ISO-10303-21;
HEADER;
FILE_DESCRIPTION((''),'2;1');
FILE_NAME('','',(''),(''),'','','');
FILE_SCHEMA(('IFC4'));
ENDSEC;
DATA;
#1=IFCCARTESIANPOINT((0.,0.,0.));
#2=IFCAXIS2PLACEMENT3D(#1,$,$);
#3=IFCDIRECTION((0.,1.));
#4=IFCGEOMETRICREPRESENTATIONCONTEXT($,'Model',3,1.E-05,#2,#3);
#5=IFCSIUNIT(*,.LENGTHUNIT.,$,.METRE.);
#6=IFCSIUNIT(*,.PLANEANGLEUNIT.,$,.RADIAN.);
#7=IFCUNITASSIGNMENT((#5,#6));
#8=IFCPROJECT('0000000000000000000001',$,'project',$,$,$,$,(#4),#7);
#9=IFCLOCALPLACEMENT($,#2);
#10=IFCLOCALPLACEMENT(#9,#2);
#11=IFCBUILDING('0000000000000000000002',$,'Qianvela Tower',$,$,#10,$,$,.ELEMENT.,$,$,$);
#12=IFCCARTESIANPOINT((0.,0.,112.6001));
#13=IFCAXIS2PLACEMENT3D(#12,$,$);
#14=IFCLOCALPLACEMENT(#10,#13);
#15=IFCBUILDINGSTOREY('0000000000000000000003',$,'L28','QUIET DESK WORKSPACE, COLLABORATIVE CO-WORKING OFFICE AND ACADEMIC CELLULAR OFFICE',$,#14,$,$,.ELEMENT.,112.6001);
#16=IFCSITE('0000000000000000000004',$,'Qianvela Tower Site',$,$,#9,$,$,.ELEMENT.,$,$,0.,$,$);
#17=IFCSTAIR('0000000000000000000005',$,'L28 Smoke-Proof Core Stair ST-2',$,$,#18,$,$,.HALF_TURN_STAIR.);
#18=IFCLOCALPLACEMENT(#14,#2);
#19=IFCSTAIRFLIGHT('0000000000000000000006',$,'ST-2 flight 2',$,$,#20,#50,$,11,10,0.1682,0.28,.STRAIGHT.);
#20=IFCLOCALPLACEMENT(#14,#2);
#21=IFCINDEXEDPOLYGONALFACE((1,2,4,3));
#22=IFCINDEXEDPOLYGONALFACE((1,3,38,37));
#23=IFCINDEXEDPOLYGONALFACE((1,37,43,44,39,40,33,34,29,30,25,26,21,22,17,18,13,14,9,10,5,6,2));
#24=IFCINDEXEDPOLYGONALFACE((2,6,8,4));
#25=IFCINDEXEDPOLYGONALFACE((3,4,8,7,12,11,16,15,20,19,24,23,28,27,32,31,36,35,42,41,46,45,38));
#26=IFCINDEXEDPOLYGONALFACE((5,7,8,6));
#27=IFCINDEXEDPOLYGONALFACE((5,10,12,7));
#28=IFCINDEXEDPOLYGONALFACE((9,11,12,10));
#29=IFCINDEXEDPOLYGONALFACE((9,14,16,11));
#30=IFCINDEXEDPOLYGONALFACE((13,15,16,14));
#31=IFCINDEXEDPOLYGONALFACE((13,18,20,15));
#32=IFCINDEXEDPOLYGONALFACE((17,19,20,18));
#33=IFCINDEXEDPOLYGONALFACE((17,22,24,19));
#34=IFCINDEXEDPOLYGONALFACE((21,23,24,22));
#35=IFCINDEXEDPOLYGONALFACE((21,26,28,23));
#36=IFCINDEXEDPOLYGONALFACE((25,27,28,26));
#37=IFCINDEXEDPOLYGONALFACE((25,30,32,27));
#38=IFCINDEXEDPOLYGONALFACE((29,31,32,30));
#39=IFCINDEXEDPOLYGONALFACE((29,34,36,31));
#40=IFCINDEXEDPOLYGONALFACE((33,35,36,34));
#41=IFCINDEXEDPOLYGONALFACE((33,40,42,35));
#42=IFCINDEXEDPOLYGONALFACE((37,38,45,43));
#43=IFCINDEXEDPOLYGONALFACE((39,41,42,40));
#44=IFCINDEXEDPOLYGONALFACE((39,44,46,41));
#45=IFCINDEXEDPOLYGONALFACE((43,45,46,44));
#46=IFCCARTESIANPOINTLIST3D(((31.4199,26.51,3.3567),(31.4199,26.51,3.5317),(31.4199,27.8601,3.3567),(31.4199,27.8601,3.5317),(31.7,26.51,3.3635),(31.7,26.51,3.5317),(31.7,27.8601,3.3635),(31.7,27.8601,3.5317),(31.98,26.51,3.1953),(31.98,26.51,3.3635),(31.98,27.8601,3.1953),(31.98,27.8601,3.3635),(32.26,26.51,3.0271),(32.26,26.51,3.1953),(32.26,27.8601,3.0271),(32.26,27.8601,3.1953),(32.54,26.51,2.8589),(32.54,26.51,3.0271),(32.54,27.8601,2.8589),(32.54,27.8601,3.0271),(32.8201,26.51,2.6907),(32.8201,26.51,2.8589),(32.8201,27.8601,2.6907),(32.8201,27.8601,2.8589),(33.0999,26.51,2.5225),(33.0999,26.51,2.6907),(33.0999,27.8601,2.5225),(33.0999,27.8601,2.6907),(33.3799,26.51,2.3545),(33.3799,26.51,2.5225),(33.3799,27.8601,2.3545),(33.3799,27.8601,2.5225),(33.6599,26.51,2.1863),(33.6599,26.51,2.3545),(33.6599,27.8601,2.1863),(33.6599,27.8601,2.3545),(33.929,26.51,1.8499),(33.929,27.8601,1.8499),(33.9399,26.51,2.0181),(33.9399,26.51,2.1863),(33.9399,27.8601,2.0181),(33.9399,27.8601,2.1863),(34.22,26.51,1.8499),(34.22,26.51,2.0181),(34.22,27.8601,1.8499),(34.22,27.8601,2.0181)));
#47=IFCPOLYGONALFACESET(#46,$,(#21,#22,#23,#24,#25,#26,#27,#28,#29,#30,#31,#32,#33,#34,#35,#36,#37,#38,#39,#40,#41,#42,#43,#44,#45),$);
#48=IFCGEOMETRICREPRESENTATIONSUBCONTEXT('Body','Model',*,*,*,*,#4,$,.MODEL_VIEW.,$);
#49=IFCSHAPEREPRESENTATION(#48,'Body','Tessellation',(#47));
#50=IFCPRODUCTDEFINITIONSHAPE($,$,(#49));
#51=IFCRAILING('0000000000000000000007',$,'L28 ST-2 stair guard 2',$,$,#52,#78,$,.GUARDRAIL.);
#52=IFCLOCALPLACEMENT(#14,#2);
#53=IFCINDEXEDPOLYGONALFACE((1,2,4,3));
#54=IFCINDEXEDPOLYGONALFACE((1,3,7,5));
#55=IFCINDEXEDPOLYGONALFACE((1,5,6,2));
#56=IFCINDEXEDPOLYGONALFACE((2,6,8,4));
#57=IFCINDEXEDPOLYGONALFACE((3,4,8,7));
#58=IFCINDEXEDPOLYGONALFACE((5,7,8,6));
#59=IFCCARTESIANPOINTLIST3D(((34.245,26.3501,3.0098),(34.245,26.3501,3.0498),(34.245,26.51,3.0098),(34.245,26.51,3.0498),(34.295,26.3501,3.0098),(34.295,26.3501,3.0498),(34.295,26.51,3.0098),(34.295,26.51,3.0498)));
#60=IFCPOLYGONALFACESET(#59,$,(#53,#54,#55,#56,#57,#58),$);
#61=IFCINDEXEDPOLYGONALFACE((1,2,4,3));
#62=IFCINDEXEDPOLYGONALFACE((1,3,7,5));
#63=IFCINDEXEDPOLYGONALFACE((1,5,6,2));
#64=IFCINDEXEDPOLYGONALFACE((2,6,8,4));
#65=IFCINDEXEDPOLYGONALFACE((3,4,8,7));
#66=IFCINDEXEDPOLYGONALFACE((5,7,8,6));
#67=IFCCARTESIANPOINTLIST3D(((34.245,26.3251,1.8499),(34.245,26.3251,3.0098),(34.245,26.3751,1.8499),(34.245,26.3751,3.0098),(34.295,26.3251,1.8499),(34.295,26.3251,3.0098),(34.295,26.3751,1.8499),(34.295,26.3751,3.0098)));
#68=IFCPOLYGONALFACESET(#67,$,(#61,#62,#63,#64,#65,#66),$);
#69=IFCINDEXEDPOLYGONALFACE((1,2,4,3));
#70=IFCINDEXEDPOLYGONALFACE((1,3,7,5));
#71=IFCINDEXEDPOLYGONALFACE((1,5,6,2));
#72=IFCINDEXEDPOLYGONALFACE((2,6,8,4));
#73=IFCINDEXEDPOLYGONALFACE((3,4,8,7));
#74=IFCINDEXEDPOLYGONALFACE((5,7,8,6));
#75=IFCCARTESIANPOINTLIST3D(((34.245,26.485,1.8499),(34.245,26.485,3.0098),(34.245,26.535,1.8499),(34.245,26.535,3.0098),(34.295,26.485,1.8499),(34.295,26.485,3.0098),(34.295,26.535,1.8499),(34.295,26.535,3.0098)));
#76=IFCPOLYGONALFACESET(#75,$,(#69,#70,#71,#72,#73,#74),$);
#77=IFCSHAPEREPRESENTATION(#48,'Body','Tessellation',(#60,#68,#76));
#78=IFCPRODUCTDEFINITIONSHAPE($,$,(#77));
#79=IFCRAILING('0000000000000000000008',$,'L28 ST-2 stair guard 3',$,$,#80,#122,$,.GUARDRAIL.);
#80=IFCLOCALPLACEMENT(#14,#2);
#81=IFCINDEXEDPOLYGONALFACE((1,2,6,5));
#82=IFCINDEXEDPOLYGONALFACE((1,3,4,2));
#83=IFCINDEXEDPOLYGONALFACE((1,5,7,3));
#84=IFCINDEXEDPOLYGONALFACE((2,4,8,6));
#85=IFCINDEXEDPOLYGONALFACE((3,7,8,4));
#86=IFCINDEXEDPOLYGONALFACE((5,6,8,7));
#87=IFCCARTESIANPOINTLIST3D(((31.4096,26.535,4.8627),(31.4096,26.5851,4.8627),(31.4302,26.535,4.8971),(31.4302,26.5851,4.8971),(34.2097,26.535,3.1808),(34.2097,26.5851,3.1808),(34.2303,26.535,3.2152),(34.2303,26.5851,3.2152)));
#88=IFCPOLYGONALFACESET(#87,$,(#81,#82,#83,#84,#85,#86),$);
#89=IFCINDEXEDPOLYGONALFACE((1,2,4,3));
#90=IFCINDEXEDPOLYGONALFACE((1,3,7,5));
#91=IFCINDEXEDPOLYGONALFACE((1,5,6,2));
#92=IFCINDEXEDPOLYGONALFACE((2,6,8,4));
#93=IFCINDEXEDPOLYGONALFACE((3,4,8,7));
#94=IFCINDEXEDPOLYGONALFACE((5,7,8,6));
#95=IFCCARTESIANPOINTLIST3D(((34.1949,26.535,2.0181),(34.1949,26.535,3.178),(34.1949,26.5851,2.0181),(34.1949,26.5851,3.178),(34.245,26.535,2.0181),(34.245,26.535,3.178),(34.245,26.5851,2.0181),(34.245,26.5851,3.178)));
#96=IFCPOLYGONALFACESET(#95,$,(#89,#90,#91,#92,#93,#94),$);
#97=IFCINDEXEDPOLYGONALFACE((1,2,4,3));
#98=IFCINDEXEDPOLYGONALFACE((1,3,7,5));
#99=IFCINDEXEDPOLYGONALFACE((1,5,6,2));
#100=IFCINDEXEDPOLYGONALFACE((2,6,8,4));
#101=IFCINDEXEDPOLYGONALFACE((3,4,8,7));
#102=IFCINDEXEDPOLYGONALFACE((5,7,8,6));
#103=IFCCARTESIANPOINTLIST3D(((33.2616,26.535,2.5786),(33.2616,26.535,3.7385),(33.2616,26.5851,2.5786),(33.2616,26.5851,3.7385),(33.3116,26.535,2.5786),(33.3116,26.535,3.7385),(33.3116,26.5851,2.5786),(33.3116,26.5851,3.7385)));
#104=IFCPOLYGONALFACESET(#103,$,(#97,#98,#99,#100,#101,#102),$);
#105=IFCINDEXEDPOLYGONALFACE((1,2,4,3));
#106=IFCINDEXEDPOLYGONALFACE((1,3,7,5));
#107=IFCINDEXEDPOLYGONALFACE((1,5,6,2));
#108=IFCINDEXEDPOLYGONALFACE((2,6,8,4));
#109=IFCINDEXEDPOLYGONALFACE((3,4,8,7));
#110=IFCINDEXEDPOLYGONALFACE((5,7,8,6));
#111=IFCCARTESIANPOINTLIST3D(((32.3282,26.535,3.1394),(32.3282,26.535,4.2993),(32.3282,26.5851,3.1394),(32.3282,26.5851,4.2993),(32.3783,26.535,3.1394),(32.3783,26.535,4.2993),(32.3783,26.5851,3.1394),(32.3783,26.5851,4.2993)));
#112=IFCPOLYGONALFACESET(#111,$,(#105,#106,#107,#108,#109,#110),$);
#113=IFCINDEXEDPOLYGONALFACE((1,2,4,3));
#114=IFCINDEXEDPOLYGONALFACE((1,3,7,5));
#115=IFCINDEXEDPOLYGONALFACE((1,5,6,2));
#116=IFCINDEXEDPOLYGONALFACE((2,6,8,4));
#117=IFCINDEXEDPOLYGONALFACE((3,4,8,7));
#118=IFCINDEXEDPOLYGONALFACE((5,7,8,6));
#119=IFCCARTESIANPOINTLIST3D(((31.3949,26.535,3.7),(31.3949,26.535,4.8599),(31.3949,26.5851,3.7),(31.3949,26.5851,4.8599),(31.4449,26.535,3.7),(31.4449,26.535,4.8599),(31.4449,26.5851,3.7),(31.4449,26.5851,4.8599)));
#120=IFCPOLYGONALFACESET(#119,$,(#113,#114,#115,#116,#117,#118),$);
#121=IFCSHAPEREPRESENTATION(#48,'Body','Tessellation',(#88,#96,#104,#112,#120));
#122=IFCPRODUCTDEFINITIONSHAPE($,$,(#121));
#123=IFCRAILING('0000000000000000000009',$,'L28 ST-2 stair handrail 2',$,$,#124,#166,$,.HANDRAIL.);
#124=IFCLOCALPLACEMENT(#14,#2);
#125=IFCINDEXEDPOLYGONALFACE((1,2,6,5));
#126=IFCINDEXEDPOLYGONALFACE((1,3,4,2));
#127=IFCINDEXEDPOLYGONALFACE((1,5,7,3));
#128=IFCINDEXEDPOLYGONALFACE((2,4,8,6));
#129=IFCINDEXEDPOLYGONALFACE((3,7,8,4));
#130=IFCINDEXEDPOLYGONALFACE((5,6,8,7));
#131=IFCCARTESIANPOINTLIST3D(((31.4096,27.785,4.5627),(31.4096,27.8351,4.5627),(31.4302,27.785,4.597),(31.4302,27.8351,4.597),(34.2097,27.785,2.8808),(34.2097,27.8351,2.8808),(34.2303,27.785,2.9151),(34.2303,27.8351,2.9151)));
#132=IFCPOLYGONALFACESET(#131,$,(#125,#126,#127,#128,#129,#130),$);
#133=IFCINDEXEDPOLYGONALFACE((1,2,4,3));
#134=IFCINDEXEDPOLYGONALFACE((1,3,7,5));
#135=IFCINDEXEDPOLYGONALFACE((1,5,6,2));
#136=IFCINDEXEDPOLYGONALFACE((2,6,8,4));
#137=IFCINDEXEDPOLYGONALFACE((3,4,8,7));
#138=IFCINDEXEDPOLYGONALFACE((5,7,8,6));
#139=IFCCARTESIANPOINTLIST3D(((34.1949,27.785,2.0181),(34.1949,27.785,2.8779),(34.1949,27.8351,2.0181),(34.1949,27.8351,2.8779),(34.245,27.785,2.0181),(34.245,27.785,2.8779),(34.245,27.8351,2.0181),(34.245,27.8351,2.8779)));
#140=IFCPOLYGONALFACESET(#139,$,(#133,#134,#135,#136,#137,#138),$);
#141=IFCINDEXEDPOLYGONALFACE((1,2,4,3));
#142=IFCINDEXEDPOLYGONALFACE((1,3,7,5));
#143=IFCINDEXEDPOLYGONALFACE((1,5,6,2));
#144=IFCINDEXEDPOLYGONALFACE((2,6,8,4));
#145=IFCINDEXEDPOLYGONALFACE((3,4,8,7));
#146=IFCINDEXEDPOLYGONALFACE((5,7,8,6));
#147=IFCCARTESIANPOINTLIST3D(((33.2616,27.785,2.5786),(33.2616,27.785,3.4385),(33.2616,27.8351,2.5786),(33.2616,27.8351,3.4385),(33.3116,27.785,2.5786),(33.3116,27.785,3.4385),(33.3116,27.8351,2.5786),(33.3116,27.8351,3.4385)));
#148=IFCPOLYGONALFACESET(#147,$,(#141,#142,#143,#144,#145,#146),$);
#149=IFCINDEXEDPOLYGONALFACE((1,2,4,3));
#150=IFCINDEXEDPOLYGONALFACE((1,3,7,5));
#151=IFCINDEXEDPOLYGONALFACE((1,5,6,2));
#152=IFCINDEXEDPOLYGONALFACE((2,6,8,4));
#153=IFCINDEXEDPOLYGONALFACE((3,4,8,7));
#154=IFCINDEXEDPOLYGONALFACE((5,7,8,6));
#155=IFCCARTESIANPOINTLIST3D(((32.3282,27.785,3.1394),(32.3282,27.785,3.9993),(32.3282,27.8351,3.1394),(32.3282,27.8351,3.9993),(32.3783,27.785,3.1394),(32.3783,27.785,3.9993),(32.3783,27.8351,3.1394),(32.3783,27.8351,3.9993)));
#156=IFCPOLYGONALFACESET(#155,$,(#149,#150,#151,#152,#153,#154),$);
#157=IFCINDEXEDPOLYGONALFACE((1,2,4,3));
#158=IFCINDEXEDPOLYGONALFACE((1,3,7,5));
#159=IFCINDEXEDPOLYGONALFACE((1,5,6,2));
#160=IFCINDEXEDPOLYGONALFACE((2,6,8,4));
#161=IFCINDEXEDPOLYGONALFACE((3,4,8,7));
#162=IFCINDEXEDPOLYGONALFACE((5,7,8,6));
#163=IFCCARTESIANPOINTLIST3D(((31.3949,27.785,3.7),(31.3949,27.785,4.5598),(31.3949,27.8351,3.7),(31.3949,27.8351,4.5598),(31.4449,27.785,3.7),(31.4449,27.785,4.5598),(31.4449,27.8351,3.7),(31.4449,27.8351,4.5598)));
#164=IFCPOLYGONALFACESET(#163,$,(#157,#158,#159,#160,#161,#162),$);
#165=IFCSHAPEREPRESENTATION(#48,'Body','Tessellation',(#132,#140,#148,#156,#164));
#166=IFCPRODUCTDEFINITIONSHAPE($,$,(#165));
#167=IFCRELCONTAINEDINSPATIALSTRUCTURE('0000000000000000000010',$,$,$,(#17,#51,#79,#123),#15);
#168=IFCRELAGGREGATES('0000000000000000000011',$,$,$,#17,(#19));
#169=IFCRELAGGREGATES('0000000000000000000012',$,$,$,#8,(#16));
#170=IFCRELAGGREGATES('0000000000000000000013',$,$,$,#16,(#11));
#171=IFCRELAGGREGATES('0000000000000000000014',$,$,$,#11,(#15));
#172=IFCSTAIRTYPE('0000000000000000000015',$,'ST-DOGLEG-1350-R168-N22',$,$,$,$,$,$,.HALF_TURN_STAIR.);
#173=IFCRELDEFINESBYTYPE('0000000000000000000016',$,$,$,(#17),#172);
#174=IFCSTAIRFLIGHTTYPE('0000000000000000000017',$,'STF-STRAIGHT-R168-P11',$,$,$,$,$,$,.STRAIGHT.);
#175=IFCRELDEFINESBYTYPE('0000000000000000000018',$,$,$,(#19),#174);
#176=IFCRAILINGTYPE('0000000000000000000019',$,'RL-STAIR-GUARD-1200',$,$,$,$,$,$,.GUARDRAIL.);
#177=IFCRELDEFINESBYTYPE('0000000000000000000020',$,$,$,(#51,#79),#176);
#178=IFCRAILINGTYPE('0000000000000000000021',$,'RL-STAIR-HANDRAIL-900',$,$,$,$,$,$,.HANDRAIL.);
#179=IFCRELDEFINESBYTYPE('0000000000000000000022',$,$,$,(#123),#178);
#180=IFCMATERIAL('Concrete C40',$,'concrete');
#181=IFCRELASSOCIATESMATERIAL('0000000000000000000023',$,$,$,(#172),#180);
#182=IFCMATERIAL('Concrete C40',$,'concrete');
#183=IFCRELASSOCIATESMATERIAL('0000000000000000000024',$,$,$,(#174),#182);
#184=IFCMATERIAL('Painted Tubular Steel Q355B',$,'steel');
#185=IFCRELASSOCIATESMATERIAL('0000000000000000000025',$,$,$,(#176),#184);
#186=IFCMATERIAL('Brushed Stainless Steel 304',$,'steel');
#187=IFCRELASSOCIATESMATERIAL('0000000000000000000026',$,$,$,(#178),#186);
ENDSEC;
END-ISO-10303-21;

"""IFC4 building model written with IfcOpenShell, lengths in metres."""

from ifc_helpers import new_model, si_unit, direction, frame, origin, origin_2d, place, context, subcontext, project, spatial, polyline, rectangle, outline, extrude, material, type_object, element, aggregate, save


model = new_model("IFC4")

# Units and contexts
model_context = context("Model", 3, precision=1e-05, world=origin(), true_north=direction((0.0, 1.0)))
body_context = subcontext(model_context, "Body", "Model", "MODEL_VIEW")
ifc_project = project(units=[si_unit("LENGTHUNIT", "METRE"), si_unit("PLANEANGLEUNIT", "RADIAN")], contexts=[model_context])

# Site, building, storey
site_placement = place(None, origin())
site = spatial("IfcSite", under=ifc_project, at=site_placement, Name="Qianvela Tower Site", CompositionType="ELEMENT", RefElevation=0.0)
building_placement = place(site_placement, origin())
building = spatial("IfcBuilding", under=site, at=building_placement, Name="Qianvela Tower", CompositionType="ELEMENT")
storey_placement = place(building_placement, frame((0.0, 0.0, 112.6001)))
storey = spatial("IfcBuildingStorey", under=building, at=storey_placement, Name="L28", Description="QUIET DESK WORKSPACE, COLLABORATIVE CO-WORKING OFFICE AND ACADEMIC CELLULAR OFFICE", CompositionType="ELEMENT", Elevation=112.6001)

# Stair, stair flight
ifc_material_1 = material(Name="Concrete C40", Category="concrete")
stair_type = type_object("IfcStairType", Name="ST-DOGLEG-1350-R168-N22", PredefinedType="HALF_TURN_STAIR", material=ifc_material_1)
stair_placement = place(storey_placement, origin())
stair = element("IfcStair", 1, at=stair_placement, inside=storey, type_object=stair_type, Name="L28 Smoke-Proof Core Stair ST-2", PredefinedType="HALF_TURN_STAIR")
ifc_material_2 = material(Name="Concrete C40", Category="concrete")
stair_flight_type = type_object("IfcStairFlightType", Name="STF-STRAIGHT-R168-P11", PredefinedType="STRAIGHT", material=ifc_material_2)
stair_flight_placement = place(storey_placement, frame((34.22, 27.1851, 1.8499), z_axis=(0.0, 0.0, 1.0), x_axis=(-1.0, 0.0, 0.0)))
stair_flight = element("IfcStairFlight", 2, at=stair_flight_placement, type_object=stair_flight_type, Name="ST-2 flight 2", NumberOfRisers=11, NumberOfTreads=10, PredefinedType="STRAIGHT", RiserHeight=0.1682, TreadLength=0.28, context=body_context, shape_type="SweptSolid", body=[
    extrude(outline(polyline([(0.0, 0.0), (0.0, 0.1682), (0.28, 0.1682), (0.28, 0.3364), (0.5601, 0.3364), (0.5601, 0.5046), (0.8401, 0.5046), (0.8401, 0.6726), (1.1201, 0.6726), (1.1201, 0.8408), (1.3999, 0.8408), (1.3999, 1.009), (1.6799, 1.009), (1.6799, 1.1772), (1.96, 1.1772), (1.96, 1.3455), (2.24, 1.3455), (2.24, 1.5137), (2.52, 1.5137), (2.52, 1.6819), (2.8, 1.6819), (2.8, 1.8501), (2.8, 1.5068), (0.291, 0.0), (0.0, 0.0)])), frame((0.0, 0.675, 0.0), z_axis=(0.0, -1.0, 0.0), x_axis=(1.0, 0.0, 0.0)), (0.0, 0.0, 1.0), 1.3501),
])
aggregate(stair, [stair_flight])

# Railings
ifc_material_3 = material(Name="Painted Tubular Steel Q355B", Category="steel")
railing_type_1 = type_object("IfcRailingType", Name="RL-STAIR-GUARD-1200", PredefinedType="GUARDRAIL", material=ifc_material_3)
railing_1_placement = place(storey_placement, frame((34.27, 26.3501, 1.8499)))
element("IfcRailing", 3, at=railing_1_placement, inside=storey, type_object=railing_type_1, Name="L28 ST-2 stair guard 2", PredefinedType="GUARDRAIL", context=body_context, shape_type="SweptSolid", body=[
    extrude(rectangle(XDim=0.05, YDim=0.04, at=origin_2d()), frame((0.0, 0.0, 1.1799), z_axis=(0.0, 1.0, 0.0), x_axis=(-1.0, 0.0, 0.0)), (0.0, 0.0, 1.0), 0.1599),
    extrude(rectangle(XDim=0.05, YDim=0.05, at=origin_2d()), origin(), (0.0, 0.0, 1.0), 1.1599),
    extrude(rectangle(XDim=0.05, YDim=0.05, at=origin_2d()), frame((0.0, 0.1599, 0.0)), (0.0, 0.0, 1.0), 1.1599),
])
railing_2_placement = place(storey_placement, frame((34.22, 26.5601, 2.0181)))
element("IfcRailing", 4, at=railing_2_placement, inside=storey, type_object=railing_type_1, Name="L28 ST-2 stair guard 3", PredefinedType="GUARDRAIL", context=body_context, shape_type="SweptSolid", body=[
    extrude(rectangle(XDim=0.05, YDim=0.04, at=origin_2d()), frame((0.0, 0.0, 1.1799), z_axis=(-0.857242, 0.0, 0.514913), x_axis=(0.0, -1.0, 0.0)), (0.0, 0.0, 1.0), 3.2664),
    extrude(rectangle(XDim=0.05, YDim=0.05, at=origin_2d()), origin(), (0.0, 0.0, 1.0), 1.1599),
    extrude(rectangle(XDim=0.05, YDim=0.05, at=origin_2d()), frame((-0.9333, 0.0, 0.5605)), (0.0, 0.0, 1.0), 1.1599),
    extrude(rectangle(XDim=0.05, YDim=0.05, at=origin_2d()), frame((-1.8667, 0.0, 1.1213)), (0.0, 0.0, 1.0), 1.1599),
    extrude(rectangle(XDim=0.05, YDim=0.05, at=origin_2d()), frame((-2.8, 0.0, 1.6819)), (0.0, 0.0, 1.0), 1.1599),
])
ifc_material_4 = material(Name="Brushed Stainless Steel 304", Category="steel")
railing_type_2 = type_object("IfcRailingType", Name="RL-STAIR-HANDRAIL-900", PredefinedType="HANDRAIL", material=ifc_material_4)
railing_3_placement = place(storey_placement, frame((34.22, 27.8101, 2.0181)))
element("IfcRailing", 5, at=railing_3_placement, inside=storey, type_object=railing_type_2, Name="L28 ST-2 stair handrail 2", PredefinedType="HANDRAIL", context=body_context, shape_type="SweptSolid", body=[
    extrude(rectangle(XDim=0.05, YDim=0.04, at=origin_2d()), frame((0.0, 0.0, 0.8799), z_axis=(-0.857242, 0.0, 0.514913), x_axis=(0.0, -1.0, 0.0)), (0.0, 0.0, 1.0), 3.2664),
    extrude(rectangle(XDim=0.05, YDim=0.05, at=origin_2d()), origin(), (0.0, 0.0, 1.0), 0.8599),
    extrude(rectangle(XDim=0.05, YDim=0.05, at=origin_2d()), frame((-0.9333, 0.0, 0.5605)), (0.0, 0.0, 1.0), 0.8599),
    extrude(rectangle(XDim=0.05, YDim=0.05, at=origin_2d()), frame((-1.8667, 0.0, 1.1213)), (0.0, 0.0, 1.0), 0.8599),
    extrude(rectangle(XDim=0.05, YDim=0.05, at=origin_2d()), frame((-2.8, 0.0, 1.6819)), (0.0, 0.0, 1.0), 0.8599),
])

save(model, "model.ifc")
